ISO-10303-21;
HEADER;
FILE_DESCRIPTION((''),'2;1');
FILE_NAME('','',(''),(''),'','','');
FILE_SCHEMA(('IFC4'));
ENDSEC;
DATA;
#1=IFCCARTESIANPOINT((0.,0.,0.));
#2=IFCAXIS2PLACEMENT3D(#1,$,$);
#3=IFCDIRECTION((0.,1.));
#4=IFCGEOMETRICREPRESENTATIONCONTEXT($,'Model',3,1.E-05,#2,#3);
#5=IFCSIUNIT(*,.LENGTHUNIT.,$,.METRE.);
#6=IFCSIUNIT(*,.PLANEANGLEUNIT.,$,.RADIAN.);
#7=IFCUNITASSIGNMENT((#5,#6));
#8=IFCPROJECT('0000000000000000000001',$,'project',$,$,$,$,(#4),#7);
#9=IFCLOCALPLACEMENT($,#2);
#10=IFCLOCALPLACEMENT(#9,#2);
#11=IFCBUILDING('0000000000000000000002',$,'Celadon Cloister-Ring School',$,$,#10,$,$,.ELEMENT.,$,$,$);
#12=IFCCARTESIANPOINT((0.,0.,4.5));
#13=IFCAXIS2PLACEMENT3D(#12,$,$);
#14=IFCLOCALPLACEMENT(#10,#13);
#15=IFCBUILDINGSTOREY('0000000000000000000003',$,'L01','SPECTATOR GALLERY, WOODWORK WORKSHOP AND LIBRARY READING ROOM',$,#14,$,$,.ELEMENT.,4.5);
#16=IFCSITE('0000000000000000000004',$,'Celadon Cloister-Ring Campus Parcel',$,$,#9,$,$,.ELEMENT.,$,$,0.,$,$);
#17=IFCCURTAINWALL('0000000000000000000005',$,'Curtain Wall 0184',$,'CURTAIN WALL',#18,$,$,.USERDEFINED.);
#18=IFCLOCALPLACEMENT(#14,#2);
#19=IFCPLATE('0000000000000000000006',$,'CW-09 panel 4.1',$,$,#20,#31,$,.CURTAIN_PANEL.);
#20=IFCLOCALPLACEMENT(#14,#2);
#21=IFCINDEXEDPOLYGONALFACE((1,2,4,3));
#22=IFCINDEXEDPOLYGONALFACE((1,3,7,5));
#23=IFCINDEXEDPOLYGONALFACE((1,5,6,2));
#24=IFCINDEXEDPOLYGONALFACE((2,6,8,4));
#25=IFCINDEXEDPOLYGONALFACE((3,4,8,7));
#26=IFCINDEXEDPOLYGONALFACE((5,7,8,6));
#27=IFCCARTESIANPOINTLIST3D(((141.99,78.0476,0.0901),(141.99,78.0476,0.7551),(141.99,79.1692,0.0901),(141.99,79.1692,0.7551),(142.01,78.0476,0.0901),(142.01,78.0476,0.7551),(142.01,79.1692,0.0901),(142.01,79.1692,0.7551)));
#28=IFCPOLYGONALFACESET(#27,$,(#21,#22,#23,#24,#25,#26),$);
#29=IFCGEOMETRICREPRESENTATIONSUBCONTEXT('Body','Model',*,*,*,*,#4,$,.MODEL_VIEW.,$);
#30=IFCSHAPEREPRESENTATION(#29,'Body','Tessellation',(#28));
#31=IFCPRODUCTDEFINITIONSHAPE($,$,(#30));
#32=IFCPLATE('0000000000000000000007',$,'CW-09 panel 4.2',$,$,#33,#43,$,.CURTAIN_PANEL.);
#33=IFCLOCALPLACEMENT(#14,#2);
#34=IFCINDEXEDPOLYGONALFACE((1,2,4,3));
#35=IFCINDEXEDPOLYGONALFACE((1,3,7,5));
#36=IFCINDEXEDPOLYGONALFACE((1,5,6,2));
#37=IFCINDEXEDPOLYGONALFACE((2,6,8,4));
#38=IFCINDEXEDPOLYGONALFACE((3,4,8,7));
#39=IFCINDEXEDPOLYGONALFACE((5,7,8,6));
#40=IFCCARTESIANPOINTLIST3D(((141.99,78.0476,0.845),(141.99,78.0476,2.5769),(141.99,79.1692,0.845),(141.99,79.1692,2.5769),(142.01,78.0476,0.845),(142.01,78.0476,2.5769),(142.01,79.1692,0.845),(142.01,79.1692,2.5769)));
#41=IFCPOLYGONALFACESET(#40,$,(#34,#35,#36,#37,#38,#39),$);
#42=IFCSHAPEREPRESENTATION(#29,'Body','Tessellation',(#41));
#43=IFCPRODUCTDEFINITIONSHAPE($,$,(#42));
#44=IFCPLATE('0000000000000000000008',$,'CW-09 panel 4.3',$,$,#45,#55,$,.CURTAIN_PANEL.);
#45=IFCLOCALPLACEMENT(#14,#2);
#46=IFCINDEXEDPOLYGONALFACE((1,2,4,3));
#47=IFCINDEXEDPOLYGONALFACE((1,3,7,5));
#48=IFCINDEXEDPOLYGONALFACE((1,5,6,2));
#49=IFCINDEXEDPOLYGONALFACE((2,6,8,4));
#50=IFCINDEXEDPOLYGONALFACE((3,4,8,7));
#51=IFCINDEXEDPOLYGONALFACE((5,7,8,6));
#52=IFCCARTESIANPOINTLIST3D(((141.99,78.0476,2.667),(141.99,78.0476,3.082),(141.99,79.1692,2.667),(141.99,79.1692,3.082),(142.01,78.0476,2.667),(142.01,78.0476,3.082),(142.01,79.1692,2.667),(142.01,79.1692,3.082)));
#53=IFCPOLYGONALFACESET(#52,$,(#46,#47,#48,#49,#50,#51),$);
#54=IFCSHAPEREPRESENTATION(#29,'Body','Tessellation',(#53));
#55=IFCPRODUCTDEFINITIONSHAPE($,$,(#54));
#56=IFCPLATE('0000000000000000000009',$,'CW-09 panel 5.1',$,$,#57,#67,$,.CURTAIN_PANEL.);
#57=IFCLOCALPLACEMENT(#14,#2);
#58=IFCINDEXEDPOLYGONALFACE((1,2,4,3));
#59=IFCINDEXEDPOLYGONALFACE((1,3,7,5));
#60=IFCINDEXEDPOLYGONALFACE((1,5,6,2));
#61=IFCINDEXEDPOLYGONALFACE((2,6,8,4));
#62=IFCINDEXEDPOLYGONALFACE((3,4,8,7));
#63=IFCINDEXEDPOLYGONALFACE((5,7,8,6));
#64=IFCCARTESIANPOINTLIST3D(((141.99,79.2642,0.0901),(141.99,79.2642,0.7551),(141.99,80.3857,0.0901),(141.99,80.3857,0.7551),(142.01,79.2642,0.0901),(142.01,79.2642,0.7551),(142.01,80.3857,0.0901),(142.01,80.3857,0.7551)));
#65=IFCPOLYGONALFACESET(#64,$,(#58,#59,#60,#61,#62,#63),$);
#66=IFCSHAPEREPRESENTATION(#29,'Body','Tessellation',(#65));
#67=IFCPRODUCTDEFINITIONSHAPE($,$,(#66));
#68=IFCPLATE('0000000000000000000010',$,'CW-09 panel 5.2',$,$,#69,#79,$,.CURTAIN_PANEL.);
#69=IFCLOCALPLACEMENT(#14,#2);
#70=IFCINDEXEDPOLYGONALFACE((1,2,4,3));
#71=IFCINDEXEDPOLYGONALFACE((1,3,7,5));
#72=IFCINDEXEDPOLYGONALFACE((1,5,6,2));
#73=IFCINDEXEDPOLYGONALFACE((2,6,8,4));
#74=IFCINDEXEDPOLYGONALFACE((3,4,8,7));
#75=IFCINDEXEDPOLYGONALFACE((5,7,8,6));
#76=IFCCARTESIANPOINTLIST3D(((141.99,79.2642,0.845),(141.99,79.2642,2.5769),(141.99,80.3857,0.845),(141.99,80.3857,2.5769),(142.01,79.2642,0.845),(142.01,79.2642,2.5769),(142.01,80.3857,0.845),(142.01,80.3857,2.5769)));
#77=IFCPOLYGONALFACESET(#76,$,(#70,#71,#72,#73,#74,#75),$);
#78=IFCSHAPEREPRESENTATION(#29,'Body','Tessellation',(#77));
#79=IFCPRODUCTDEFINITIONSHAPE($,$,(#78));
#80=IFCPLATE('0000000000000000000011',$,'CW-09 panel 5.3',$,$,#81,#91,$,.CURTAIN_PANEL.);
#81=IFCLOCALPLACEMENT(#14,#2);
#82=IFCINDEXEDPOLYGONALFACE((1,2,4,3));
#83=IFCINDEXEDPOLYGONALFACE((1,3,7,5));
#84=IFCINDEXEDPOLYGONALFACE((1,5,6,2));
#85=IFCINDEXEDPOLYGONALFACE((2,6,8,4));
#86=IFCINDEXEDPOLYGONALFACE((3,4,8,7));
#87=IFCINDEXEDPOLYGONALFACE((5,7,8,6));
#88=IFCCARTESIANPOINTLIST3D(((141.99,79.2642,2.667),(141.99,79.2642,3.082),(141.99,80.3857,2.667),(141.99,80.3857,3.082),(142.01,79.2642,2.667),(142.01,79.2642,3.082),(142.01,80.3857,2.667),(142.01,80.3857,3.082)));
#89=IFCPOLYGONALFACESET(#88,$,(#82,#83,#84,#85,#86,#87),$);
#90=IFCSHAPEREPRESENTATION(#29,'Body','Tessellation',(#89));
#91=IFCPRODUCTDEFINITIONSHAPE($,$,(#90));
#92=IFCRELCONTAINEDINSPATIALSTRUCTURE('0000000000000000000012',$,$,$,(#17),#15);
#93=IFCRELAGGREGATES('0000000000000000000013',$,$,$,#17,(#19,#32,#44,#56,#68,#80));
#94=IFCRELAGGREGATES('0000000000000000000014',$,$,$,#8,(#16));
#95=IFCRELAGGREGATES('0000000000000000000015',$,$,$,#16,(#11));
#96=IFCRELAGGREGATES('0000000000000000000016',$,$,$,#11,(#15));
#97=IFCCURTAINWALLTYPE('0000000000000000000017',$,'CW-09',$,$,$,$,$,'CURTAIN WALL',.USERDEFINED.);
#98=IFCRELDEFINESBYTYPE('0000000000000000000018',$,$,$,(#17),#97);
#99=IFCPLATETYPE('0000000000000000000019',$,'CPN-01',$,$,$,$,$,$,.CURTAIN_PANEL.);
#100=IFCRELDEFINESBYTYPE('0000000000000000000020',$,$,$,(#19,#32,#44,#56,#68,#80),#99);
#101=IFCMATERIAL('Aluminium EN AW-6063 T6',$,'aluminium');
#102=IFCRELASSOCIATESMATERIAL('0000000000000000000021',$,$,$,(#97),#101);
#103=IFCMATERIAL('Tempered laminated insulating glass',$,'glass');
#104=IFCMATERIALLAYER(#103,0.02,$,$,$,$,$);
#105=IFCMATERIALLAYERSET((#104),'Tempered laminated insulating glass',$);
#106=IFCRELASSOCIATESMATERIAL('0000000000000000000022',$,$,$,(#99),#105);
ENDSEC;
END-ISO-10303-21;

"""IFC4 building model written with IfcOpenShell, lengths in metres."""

from ifc_helpers import new_model, si_unit, direction, frame, origin, origin_2d, place, context, subcontext, project, spatial, rectangle, extrude, material, layer, layer_set, type_object, element, aggregate, save


model = new_model("IFC4")

# Units and contexts
model_context = context("Model", 3, precision=1e-05, world=origin(), true_north=direction((0.0, 1.0)))
body_context = subcontext(model_context, "Body", "Model", "MODEL_VIEW")
ifc_project = project(units=[si_unit("LENGTHUNIT", "METRE"), si_unit("PLANEANGLEUNIT", "RADIAN")], contexts=[model_context])

# Site, building, storey
site_placement = place(None, origin())
site = spatial("IfcSite", under=ifc_project, at=site_placement, Name="Celadon Cloister-Ring Campus Parcel", CompositionType="ELEMENT", RefElevation=0.0)
building_placement = place(site_placement, origin())
building = spatial("IfcBuilding", under=site, at=building_placement, Name="Celadon Cloister-Ring School", CompositionType="ELEMENT")
storey_placement = place(building_placement, frame((0.0, 0.0, 4.5)))
storey = spatial("IfcBuildingStorey", under=building, at=storey_placement, Name="L01", Description="SPECTATOR GALLERY, WOODWORK WORKSHOP AND LIBRARY READING ROOM", CompositionType="ELEMENT", Elevation=4.5)

# Curtain wall, plates
ifc_material_1 = material(Name="Aluminium EN AW-6063 T6", Category="aluminium")
curtain_wall_type = type_object("IfcCurtainWallType", Name="CW-09", ElementType="CURTAIN WALL", PredefinedType="USERDEFINED", material=ifc_material_1)
curtain_wall_placement = place(storey_placement, origin())
curtain_wall = element("IfcCurtainWall", 1, at=curtain_wall_placement, inside=storey, type_object=curtain_wall_type, Name="Curtain Wall 0184", ObjectType="CURTAIN WALL", PredefinedType="USERDEFINED")
ifc_material_2 = material(Name="Tempered laminated insulating glass", Category="glass")
ifc_layer = layer(ifc_material_2, 0.02)
ifc_layer_set = layer_set([ifc_layer], Name="Tempered laminated insulating glass")
plate_type = type_object("IfcPlateType", Name="CPN-01", PredefinedType="CURTAIN_PANEL", material=ifc_layer_set)
plate_1_placement = place(storey_placement, frame((142.0, 78.6084, 0.0901), z_axis=(0.0, 0.0, 1.0), x_axis=(0.0, 1.0, 0.0)))
plate_1 = element("IfcPlate", 2, at=plate_1_placement, type_object=plate_type, Name="CW-09 panel 4.1", PredefinedType="CURTAIN_PANEL", context=body_context, shape_type="SweptSolid", body=[
    extrude(rectangle(XDim=1.1216, YDim=0.02, at=origin_2d()), origin(), (0.0, 0.0, 1.0), 0.665),
])
plate_2_placement = place(storey_placement, frame((142.0, 78.6084, 0.845), z_axis=(0.0, 0.0, 1.0), x_axis=(0.0, 1.0, 0.0)))
plate_2 = element("IfcPlate", 3, at=plate_2_placement, type_object=plate_type, Name="CW-09 panel 4.2", PredefinedType="CURTAIN_PANEL", context=body_context, shape_type="SweptSolid", body=[
    extrude(rectangle(XDim=1.1216, YDim=0.02, at=origin_2d()), origin(), (0.0, 0.0, 1.0), 1.7319),
])
plate_3_placement = place(storey_placement, frame((142.0, 78.6084, 2.667), z_axis=(0.0, 0.0, 1.0), x_axis=(0.0, 1.0, 0.0)))
plate_3 = element("IfcPlate", 4, at=plate_3_placement, type_object=plate_type, Name="CW-09 panel 4.3", PredefinedType="CURTAIN_PANEL", context=body_context, shape_type="SweptSolid", body=[
    extrude(rectangle(XDim=1.1216, YDim=0.02, at=origin_2d()), origin(), (0.0, 0.0, 1.0), 0.415),
])
plate_4_placement = place(storey_placement, frame((142.0, 79.825, 0.0901), z_axis=(0.0, 0.0, 1.0), x_axis=(0.0, 1.0, 0.0)))
plate_4 = element("IfcPlate", 5, at=plate_4_placement, type_object=plate_type, Name="CW-09 panel 5.1", PredefinedType="CURTAIN_PANEL", context=body_context, shape_type="SweptSolid", body=[
    extrude(rectangle(XDim=1.1216, YDim=0.02, at=origin_2d()), origin(), (0.0, 0.0, 1.0), 0.665),
])
plate_5_placement = place(storey_placement, frame((142.0, 79.825, 0.845), z_axis=(0.0, 0.0, 1.0), x_axis=(0.0, 1.0, 0.0)))
plate_5 = element("IfcPlate", 6, at=plate_5_placement, type_object=plate_type, Name="CW-09 panel 5.2", PredefinedType="CURTAIN_PANEL", context=body_context, shape_type="SweptSolid", body=[
    extrude(rectangle(XDim=1.1216, YDim=0.02, at=origin_2d()), origin(), (0.0, 0.0, 1.0), 1.7319),
])
plate_6_placement = place(storey_placement, frame((142.0, 79.825, 2.667), z_axis=(0.0, 0.0, 1.0), x_axis=(0.0, 1.0, 0.0)))
plate_6 = element("IfcPlate", 7, at=plate_6_placement, type_object=plate_type, Name="CW-09 panel 5.3", PredefinedType="CURTAIN_PANEL", context=body_context, shape_type="SweptSolid", body=[
    extrude(rectangle(XDim=1.1216, YDim=0.02, at=origin_2d()), origin(), (0.0, 0.0, 1.0), 0.415),
])
aggregate(curtain_wall, [plate_1, plate_2, plate_3, plate_4, plate_5, plate_6])

save(model, "model.ifc")
